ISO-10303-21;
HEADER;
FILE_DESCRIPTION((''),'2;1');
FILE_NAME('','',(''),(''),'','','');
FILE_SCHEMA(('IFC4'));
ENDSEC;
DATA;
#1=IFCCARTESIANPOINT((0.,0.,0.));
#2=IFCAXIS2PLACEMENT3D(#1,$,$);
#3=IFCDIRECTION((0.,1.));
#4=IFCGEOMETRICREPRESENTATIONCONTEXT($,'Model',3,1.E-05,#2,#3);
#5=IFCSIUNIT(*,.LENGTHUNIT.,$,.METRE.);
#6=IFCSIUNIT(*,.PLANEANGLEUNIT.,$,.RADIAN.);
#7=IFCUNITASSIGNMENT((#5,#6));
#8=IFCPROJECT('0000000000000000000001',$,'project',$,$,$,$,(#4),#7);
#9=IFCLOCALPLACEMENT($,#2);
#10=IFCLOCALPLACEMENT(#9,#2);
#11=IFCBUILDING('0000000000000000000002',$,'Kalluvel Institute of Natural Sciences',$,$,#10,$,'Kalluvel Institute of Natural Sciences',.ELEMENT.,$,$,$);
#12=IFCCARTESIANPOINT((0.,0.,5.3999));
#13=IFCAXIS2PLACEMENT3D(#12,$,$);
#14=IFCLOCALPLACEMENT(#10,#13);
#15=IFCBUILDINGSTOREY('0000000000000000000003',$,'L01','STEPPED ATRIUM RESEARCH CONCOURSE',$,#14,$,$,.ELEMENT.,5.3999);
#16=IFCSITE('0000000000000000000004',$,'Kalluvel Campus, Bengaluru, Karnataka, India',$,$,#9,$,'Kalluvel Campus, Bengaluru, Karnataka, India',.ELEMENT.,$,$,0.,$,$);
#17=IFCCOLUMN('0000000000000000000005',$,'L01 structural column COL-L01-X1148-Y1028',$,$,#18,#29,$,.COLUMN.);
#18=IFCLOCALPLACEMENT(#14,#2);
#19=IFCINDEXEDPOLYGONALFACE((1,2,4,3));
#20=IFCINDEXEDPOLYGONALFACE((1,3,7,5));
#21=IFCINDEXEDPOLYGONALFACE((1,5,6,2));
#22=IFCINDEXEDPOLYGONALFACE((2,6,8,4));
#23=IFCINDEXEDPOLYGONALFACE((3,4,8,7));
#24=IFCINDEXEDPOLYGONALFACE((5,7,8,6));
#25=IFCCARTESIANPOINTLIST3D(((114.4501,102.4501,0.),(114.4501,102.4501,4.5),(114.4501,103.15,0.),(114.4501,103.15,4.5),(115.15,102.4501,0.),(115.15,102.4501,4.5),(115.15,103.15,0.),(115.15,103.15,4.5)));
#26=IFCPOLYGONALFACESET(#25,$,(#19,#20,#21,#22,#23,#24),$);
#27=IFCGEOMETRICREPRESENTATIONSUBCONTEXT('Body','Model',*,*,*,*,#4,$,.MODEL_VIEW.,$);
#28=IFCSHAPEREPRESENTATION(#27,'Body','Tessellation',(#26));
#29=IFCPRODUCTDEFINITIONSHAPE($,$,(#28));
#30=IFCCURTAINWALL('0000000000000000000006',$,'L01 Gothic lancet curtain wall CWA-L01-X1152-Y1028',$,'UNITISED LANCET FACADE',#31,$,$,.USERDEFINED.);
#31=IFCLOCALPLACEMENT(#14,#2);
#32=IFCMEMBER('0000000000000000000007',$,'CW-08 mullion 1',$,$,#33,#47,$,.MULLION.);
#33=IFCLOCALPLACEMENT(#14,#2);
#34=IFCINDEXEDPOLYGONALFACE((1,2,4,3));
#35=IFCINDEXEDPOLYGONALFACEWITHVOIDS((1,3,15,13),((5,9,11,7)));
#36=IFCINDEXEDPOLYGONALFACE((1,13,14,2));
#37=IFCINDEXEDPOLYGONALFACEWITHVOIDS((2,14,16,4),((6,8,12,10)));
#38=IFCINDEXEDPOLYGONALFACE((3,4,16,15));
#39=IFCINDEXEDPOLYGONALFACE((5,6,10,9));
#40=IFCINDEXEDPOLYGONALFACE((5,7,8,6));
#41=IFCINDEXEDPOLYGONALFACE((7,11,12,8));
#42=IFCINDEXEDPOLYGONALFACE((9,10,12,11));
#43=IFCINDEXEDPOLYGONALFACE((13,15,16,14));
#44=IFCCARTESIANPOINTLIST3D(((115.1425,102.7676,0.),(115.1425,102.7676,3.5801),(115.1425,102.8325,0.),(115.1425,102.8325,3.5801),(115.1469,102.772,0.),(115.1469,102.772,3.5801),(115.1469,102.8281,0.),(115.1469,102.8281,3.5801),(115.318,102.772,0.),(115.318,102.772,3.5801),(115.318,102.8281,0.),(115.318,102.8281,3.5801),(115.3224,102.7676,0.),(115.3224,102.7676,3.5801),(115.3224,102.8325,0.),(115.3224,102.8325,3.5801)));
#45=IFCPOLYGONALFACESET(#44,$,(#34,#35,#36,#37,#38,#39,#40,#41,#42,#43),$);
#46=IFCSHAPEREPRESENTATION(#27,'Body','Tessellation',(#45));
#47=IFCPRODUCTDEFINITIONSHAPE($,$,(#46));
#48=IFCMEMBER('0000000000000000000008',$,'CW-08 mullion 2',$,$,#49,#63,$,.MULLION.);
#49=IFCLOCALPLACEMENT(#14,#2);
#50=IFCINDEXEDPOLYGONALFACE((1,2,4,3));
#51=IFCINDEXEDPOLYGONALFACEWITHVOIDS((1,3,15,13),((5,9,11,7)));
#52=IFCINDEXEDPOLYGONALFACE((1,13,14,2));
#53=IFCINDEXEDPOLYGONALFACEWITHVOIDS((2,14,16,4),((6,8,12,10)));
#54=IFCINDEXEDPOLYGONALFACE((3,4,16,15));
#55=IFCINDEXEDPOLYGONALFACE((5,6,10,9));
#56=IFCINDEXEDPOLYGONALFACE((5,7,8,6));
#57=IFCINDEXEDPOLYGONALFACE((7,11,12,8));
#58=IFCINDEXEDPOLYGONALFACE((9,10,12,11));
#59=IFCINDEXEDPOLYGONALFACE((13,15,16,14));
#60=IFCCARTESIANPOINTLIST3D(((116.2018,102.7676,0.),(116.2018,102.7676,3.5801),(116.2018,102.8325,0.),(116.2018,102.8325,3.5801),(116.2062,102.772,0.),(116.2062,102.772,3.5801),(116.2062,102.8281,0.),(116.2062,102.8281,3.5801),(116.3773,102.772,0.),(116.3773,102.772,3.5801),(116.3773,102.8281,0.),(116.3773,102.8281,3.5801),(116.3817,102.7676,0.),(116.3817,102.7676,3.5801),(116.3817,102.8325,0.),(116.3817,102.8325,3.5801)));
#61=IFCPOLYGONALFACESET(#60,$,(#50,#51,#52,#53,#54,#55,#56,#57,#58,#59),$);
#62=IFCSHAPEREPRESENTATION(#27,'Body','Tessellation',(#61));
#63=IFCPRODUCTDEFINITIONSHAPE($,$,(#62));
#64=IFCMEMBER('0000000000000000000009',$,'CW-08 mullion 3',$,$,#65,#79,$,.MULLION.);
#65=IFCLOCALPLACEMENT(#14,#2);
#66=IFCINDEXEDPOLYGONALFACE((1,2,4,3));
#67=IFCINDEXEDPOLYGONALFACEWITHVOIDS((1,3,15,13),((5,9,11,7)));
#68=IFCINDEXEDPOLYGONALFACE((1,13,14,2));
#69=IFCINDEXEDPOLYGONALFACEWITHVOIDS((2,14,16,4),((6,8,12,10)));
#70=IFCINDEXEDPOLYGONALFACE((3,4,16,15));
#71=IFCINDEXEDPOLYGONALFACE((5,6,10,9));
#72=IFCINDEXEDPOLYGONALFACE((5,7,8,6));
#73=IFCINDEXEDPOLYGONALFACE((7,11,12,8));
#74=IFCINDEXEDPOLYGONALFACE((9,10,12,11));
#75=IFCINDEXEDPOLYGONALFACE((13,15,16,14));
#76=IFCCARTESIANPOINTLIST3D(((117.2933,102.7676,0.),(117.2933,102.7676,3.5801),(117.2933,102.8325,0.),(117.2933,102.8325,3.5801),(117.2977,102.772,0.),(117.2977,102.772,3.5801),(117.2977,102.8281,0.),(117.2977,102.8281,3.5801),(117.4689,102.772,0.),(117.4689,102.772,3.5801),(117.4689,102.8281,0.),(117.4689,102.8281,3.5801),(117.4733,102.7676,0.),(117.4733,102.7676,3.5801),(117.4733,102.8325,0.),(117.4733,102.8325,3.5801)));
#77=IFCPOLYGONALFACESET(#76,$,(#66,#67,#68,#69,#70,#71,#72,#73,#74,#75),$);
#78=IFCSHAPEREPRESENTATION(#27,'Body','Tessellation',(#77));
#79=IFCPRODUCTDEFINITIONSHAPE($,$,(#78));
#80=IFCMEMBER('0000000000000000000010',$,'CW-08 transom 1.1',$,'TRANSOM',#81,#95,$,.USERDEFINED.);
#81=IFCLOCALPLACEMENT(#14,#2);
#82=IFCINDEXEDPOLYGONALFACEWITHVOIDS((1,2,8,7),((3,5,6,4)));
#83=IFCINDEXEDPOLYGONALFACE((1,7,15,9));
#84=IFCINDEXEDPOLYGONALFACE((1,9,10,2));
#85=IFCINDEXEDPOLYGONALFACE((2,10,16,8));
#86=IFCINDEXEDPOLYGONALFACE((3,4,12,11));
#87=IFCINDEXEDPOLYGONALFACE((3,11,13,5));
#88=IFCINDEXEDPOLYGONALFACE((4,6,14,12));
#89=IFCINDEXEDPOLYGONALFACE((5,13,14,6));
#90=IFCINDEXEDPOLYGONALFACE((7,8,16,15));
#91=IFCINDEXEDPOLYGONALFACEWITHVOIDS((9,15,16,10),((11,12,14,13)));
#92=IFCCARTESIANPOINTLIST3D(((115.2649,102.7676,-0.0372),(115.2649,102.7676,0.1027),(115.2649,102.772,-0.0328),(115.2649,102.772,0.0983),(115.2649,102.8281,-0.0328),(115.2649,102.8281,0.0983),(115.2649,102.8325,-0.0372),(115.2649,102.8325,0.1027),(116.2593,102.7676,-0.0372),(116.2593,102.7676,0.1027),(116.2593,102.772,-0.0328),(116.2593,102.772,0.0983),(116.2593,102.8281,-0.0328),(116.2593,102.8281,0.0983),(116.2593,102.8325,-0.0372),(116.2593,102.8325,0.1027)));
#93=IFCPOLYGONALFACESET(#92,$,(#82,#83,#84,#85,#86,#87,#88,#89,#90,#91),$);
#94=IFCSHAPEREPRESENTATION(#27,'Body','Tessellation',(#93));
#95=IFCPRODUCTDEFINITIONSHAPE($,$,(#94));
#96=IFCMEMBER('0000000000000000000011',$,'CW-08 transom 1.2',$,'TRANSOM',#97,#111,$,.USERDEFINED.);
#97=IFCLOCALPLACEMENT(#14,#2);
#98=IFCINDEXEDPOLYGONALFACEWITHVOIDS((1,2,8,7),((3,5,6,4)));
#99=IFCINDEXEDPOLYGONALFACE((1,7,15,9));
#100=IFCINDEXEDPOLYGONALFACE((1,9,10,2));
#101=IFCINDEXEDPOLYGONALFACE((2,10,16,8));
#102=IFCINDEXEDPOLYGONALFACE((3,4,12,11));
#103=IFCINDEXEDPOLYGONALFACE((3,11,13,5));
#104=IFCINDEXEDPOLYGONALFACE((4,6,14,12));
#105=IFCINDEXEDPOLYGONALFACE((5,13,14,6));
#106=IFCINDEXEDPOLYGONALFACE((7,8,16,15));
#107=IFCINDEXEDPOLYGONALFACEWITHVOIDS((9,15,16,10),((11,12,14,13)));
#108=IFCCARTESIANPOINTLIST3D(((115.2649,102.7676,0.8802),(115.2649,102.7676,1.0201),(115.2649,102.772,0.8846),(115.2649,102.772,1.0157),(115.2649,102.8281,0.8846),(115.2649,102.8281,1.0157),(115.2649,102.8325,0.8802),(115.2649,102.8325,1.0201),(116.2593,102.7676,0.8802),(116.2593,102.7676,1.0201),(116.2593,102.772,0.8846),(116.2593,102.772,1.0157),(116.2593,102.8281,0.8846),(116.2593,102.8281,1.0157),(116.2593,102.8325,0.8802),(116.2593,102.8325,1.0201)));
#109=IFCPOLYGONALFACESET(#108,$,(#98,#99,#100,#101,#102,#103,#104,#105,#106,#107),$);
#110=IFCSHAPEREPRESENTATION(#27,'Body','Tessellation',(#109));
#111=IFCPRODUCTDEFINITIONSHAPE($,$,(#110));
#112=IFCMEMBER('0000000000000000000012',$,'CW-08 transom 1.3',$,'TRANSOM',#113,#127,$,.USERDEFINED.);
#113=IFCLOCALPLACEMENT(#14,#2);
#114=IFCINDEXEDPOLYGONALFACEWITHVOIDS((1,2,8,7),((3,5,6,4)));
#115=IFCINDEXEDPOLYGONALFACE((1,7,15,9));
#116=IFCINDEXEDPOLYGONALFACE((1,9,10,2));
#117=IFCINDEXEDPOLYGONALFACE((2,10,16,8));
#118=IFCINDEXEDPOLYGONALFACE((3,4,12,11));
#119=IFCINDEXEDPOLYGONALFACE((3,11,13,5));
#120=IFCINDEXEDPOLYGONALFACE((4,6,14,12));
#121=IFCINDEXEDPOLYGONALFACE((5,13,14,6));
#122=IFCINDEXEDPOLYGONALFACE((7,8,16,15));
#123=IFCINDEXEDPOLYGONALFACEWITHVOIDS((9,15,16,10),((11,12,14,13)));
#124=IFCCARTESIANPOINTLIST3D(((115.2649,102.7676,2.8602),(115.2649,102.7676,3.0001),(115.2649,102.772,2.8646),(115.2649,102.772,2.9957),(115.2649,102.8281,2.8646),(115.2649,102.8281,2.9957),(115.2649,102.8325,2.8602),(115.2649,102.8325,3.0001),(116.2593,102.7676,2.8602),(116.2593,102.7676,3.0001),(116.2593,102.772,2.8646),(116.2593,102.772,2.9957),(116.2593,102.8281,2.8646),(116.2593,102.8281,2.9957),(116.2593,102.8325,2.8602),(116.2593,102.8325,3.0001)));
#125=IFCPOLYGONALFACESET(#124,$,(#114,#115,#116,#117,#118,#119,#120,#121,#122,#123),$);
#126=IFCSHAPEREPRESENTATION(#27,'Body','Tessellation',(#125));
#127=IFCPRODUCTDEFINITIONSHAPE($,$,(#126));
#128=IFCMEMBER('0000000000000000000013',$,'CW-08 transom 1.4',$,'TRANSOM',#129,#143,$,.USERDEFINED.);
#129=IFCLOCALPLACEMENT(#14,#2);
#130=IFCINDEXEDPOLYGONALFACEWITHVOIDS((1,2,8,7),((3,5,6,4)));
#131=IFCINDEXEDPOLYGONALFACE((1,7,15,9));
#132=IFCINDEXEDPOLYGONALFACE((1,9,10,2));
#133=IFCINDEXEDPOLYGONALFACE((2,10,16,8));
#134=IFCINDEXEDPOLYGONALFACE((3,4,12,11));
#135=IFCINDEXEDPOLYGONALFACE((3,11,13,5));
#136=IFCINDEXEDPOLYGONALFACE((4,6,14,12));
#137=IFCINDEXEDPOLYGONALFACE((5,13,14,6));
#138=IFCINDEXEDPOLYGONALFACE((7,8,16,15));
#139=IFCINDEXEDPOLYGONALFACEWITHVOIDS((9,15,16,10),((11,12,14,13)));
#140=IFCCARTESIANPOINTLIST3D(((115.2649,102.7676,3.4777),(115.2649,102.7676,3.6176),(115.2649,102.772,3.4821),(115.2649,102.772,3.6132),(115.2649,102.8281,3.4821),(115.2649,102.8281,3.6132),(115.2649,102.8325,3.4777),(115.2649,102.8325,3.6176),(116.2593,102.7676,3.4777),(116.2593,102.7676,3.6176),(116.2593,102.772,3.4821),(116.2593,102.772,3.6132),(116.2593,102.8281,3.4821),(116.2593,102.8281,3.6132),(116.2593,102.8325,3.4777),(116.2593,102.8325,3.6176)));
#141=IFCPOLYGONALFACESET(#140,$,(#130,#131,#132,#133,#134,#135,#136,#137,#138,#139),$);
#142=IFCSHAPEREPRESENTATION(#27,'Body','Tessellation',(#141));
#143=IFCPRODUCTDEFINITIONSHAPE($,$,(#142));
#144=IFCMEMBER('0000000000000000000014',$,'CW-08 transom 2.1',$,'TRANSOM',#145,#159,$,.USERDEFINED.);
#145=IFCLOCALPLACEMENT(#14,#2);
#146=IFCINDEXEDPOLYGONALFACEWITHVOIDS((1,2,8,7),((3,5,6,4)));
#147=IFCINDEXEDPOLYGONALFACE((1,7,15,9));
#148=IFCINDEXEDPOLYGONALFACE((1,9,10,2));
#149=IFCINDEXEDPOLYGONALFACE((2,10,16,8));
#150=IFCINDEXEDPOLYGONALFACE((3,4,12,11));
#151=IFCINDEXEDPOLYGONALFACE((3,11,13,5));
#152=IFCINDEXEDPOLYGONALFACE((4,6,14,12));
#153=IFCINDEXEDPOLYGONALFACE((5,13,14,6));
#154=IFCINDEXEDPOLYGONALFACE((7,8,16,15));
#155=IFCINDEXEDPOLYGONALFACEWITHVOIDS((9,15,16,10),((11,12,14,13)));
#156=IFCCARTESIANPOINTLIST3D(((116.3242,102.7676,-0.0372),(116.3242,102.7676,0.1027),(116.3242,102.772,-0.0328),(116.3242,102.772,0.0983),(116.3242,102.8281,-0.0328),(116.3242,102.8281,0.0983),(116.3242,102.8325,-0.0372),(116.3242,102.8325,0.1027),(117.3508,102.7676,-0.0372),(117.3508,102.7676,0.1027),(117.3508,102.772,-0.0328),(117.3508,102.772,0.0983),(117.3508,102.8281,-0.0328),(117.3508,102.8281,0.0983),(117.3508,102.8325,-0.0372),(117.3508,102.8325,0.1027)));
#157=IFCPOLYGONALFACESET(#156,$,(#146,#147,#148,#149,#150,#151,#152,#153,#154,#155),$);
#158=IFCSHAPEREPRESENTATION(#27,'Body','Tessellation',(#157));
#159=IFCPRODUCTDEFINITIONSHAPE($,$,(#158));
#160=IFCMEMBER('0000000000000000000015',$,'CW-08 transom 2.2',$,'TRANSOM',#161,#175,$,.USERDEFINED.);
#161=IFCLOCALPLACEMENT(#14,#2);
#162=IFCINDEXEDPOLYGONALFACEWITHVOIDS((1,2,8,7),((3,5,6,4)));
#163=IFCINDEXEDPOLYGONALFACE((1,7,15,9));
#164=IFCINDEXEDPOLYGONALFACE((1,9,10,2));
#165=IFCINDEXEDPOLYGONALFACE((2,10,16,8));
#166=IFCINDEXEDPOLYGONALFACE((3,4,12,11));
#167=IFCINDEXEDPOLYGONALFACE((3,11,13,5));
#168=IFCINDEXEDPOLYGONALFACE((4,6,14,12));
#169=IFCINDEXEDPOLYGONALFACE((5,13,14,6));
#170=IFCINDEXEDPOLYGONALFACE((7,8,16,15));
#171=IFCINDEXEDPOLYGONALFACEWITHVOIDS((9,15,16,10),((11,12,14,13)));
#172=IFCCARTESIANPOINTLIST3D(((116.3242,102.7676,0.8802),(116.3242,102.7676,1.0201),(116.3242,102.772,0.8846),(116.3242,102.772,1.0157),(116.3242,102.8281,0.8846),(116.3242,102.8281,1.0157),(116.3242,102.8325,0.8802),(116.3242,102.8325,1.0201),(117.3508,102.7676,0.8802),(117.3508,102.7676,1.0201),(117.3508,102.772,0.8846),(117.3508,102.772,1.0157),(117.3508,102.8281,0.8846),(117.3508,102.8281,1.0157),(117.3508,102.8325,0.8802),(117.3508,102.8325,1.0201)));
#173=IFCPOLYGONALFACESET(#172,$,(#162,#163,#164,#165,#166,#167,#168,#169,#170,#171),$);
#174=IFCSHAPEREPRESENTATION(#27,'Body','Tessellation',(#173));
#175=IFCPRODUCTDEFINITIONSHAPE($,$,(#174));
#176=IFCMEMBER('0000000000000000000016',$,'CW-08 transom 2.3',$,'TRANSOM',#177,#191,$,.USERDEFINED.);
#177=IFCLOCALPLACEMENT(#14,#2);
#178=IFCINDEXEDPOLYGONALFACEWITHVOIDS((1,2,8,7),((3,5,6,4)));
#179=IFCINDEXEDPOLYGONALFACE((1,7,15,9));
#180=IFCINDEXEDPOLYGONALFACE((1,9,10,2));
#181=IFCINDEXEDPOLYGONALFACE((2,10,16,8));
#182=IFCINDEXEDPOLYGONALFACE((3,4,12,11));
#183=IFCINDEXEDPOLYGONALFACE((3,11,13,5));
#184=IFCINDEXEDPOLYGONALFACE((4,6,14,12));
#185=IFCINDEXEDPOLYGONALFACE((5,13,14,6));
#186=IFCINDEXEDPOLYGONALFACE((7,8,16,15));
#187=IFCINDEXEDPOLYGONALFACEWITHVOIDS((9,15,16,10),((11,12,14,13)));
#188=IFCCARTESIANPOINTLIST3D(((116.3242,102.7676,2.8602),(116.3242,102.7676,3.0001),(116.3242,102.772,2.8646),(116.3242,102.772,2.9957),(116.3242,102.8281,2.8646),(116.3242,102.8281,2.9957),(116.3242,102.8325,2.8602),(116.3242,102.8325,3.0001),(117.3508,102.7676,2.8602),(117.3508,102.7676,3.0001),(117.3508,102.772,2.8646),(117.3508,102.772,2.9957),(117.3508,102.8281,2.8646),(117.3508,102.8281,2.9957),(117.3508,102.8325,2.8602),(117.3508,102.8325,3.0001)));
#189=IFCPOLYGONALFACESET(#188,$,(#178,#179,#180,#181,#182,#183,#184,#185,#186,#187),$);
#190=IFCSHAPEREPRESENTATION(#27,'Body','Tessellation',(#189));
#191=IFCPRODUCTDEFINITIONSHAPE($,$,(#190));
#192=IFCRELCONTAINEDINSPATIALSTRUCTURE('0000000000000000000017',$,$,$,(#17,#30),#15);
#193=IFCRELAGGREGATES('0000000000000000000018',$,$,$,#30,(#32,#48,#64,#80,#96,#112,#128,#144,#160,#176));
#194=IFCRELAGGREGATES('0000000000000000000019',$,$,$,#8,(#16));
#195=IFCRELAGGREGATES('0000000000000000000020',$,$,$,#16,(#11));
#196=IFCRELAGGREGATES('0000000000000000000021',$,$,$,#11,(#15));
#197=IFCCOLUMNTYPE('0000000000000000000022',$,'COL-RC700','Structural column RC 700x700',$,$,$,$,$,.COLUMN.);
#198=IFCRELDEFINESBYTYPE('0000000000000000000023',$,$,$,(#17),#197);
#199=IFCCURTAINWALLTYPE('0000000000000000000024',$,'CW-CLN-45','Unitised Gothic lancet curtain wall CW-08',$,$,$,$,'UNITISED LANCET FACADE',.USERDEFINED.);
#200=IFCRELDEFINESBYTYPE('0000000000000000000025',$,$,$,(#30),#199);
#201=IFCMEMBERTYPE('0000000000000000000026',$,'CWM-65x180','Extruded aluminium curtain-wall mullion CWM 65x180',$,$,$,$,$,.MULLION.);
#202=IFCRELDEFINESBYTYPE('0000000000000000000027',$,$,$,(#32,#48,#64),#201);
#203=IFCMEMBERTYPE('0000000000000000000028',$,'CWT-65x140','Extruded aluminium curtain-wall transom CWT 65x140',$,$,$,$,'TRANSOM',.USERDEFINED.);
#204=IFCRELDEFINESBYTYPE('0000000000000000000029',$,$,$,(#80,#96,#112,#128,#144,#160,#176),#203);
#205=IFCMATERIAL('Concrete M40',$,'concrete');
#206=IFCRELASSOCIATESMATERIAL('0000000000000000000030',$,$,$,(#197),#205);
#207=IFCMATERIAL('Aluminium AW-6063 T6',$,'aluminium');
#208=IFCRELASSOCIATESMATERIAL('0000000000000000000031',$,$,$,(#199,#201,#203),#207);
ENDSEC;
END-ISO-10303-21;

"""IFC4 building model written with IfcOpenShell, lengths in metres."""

from ifc_helpers import new_model, si_unit, direction, frame, origin, origin_2d, place, context, subcontext, project, spatial, rectangle, hollow_rectangle, extrude, material, material_profile, profile_set, type_object, element, aggregate, save


model = new_model("IFC4")

# Units and contexts
model_context = context("Model", 3, precision=1e-05, world=origin(), true_north=direction((0.0, 1.0)))
body_context = subcontext(model_context, "Body", "Model", "MODEL_VIEW")
ifc_project = project(units=[si_unit("LENGTHUNIT", "METRE"), si_unit("PLANEANGLEUNIT", "RADIAN")], contexts=[model_context])

# Site, building, storey
site_placement = place(None, origin())
site = spatial("IfcSite", under=ifc_project, at=site_placement, Name="Kalluvel Campus, Bengaluru, Karnataka, India", LongName="Kalluvel Campus, Bengaluru, Karnataka, India", CompositionType="ELEMENT", RefElevation=0.0)
building_placement = place(site_placement, origin())
building = spatial("IfcBuilding", under=site, at=building_placement, Name="Kalluvel Institute of Natural Sciences", LongName="Kalluvel Institute of Natural Sciences", CompositionType="ELEMENT")
storey_placement = place(building_placement, frame((0.0, 0.0, 5.3999)))
storey = spatial("IfcBuildingStorey", under=building, at=storey_placement, Name="L01", Description="STEPPED ATRIUM RESEARCH CONCOURSE", CompositionType="ELEMENT", Elevation=5.3999)

# Column
ifc_material_1 = material(Name="Concrete M40", Category="concrete")
ifc_material_profile_1 = material_profile(ifc_material_1, rectangle(XDim=0.7, YDim=0.7, at=origin_2d()), Name="RC 700x700")
ifc_profile_set_1 = profile_set([ifc_material_profile_1], Name="Concrete M40")
column_type = type_object("IfcColumnType", Name="COL-RC700", Description="Structural column RC 700x700", PredefinedType="COLUMN", material=ifc_profile_set_1)
column_placement = place(storey_placement, frame((114.8, 102.8, 0.0), z_axis=(0.0, 0.0, 1.0), x_axis=(1.0, 0.0, 0.0)))
element("IfcColumn", 1, at=column_placement, inside=storey, type_object=column_type, Name="L01 structural column COL-L01-X1148-Y1028", PredefinedType="COLUMN", context=body_context, shape_type="SweptSolid", body=[
    extrude(rectangle(XDim=0.7, YDim=0.7, at=origin_2d()), origin(), (0.0, 0.0, 1.0), 4.5),
])

# Curtain wall, members
ifc_material_2 = material(Name="Aluminium AW-6063 T6", Category="aluminium")
curtain_wall_type = type_object("IfcCurtainWallType", Name="CW-CLN-45", Description="Unitised Gothic lancet curtain wall CW-08", ElementType="UNITISED LANCET FACADE", PredefinedType="USERDEFINED", material=ifc_material_2)
curtain_wall_placement = place(storey_placement, origin())
curtain_wall = element("IfcCurtainWall", 2, at=curtain_wall_placement, inside=storey, type_object=curtain_wall_type, Name="L01 Gothic lancet curtain wall CWA-L01-X1152-Y1028", ObjectType="UNITISED LANCET FACADE", PredefinedType="USERDEFINED")
ifc_material_profile_2 = material_profile(ifc_material_2, hollow_rectangle(XDim=0.0649, YDim=0.1799, WallThickness=0.0044, at=origin_2d()), Name="CWM 65x180")
ifc_profile_set_2 = profile_set([ifc_material_profile_2], Name="Aluminium AW-6063 T6")
member_type_1 = type_object("IfcMemberType", Name="CWM-65x180", Description="Extruded aluminium curtain-wall mullion CWM 65x180", PredefinedType="MULLION", material=ifc_profile_set_2)
member_1_placement = place(storey_placement, frame((115.2324, 102.8, 0.0), z_axis=(0.0, 0.0, 1.0), x_axis=(0.0, 1.0, 0.0)))
member_1 = element("IfcMember", 3, at=member_1_placement, type_object=member_type_1, Name="CW-08 mullion 1", PredefinedType="MULLION", context=body_context, shape_type="SweptSolid", body=[
    extrude(hollow_rectangle(XDim=0.0649, YDim=0.1799, WallThickness=0.0044, at=origin_2d()), origin(), (0.0, 0.0, 1.0), 3.5801),
])
member_2_placement = place(storey_placement, frame((116.2917, 102.8, 0.0), z_axis=(0.0, 0.0, 1.0), x_axis=(0.0, 1.0, 0.0)))
member_2 = element("IfcMember", 4, at=member_2_placement, type_object=member_type_1, Name="CW-08 mullion 2", PredefinedType="MULLION", context=body_context, shape_type="SweptSolid", body=[
    extrude(hollow_rectangle(XDim=0.0649, YDim=0.1799, WallThickness=0.0044, at=origin_2d()), origin(), (0.0, 0.0, 1.0), 3.5801),
])
member_3_placement = place(storey_placement, frame((117.3833, 102.8, 0.0), z_axis=(0.0, 0.0, 1.0), x_axis=(0.0, 1.0, 0.0)))
member_3 = element("IfcMember", 5, at=member_3_placement, type_object=member_type_1, Name="CW-08 mullion 3", PredefinedType="MULLION", context=body_context, shape_type="SweptSolid", body=[
    extrude(hollow_rectangle(XDim=0.0649, YDim=0.1799, WallThickness=0.0044, at=origin_2d()), origin(), (0.0, 0.0, 1.0), 3.5801),
])
ifc_material_profile_3 = material_profile(ifc_material_2, hollow_rectangle(XDim=0.0649, YDim=0.1399, WallThickness=0.0044, at=origin_2d()), Name="CWT 65x140")
ifc_profile_set_3 = profile_set([ifc_material_profile_3], Name="Aluminium AW-6063 T6")
member_type_2 = type_object("IfcMemberType", Name="CWT-65x140", Description="Extruded aluminium curtain-wall transom CWT 65x140", ElementType="TRANSOM", PredefinedType="USERDEFINED", material=ifc_profile_set_3)
member_4_placement = place(storey_placement, frame((115.2649, 102.8, 0.0327), z_axis=(1.0, 0.0, 0.0), x_axis=(0.0, 1.0, 0.0)))
member_4 = element("IfcMember", 6, at=member_4_placement, type_object=member_type_2, Name="CW-08 transom 1.1", ObjectType="TRANSOM", PredefinedType="USERDEFINED", context=body_context, shape_type="SweptSolid", body=[
    extrude(hollow_rectangle(XDim=0.0649, YDim=0.1399, WallThickness=0.0044, at=origin_2d()), origin(), (0.0, 0.0, 1.0), 0.9944),
])
member_5_placement = place(storey_placement, frame((115.2649, 102.8, 0.9502), z_axis=(1.0, 0.0, 0.0), x_axis=(0.0, 1.0, 0.0)))
member_5 = element("IfcMember", 7, at=member_5_placement, type_object=member_type_2, Name="CW-08 transom 1.2", ObjectType="TRANSOM", PredefinedType="USERDEFINED", context=body_context, shape_type="SweptSolid", body=[
    extrude(hollow_rectangle(XDim=0.0649, YDim=0.1399, WallThickness=0.0044, at=origin_2d()), origin(), (0.0, 0.0, 1.0), 0.9944),
])
member_6_placement = place(storey_placement, frame((115.2649, 102.8, 2.9302), z_axis=(1.0, 0.0, 0.0), x_axis=(0.0, 1.0, 0.0)))
member_6 = element("IfcMember", 8, at=member_6_placement, type_object=member_type_2, Name="CW-08 transom 1.3", ObjectType="TRANSOM", PredefinedType="USERDEFINED", context=body_context, shape_type="SweptSolid", body=[
    extrude(hollow_rectangle(XDim=0.0649, YDim=0.1399, WallThickness=0.0044, at=origin_2d()), origin(), (0.0, 0.0, 1.0), 0.9944),
])
member_7_placement = place(storey_placement, frame((115.2649, 102.8, 3.5476), z_axis=(1.0, 0.0, 0.0), x_axis=(0.0, 1.0, 0.0)))
member_7 = element("IfcMember", 9, at=member_7_placement, type_object=member_type_2, Name="CW-08 transom 1.4", ObjectType="TRANSOM", PredefinedType="USERDEFINED", context=body_context, shape_type="SweptSolid", body=[
    extrude(hollow_rectangle(XDim=0.0649, YDim=0.1399, WallThickness=0.0044, at=origin_2d()), origin(), (0.0, 0.0, 1.0), 0.9944),
])
member_8_placement = place(storey_placement, frame((116.3242, 102.8, 0.0327), z_axis=(1.0, 0.0, 0.0), x_axis=(0.0, 1.0, 0.0)))
member_8 = element("IfcMember", 10, at=member_8_placement, type_object=member_type_2, Name="CW-08 transom 2.1", ObjectType="TRANSOM", PredefinedType="USERDEFINED", context=body_context, shape_type="SweptSolid", body=[
    extrude(hollow_rectangle(XDim=0.0649, YDim=0.1399, WallThickness=0.0044, at=origin_2d()), origin(), (0.0, 0.0, 1.0), 1.0266),
])
member_9_placement = place(storey_placement, frame((116.3242, 102.8, 0.9502), z_axis=(1.0, 0.0, 0.0), x_axis=(0.0, 1.0, 0.0)))
member_9 = element("IfcMember", 11, at=member_9_placement, type_object=member_type_2, Name="CW-08 transom 2.2", ObjectType="TRANSOM", PredefinedType="USERDEFINED", context=body_context, shape_type="SweptSolid", body=[
    extrude(hollow_rectangle(XDim=0.0649, YDim=0.1399, WallThickness=0.0044, at=origin_2d()), origin(), (0.0, 0.0, 1.0), 1.0266),
])
member_10_placement = place(storey_placement, frame((116.3242, 102.8, 2.9302), z_axis=(1.0, 0.0, 0.0), x_axis=(0.0, 1.0, 0.0)))
member_10 = element("IfcMember", 12, at=member_10_placement, type_object=member_type_2, Name="CW-08 transom 2.3", ObjectType="TRANSOM", PredefinedType="USERDEFINED", context=body_context, shape_type="SweptSolid", body=[
    extrude(hollow_rectangle(XDim=0.0649, YDim=0.1399, WallThickness=0.0044, at=origin_2d()), origin(), (0.0, 0.0, 1.0), 1.0266),
])

aggregate(curtain_wall, [member_1, member_2, member_3, member_4, member_5, member_6, member_7, member_8, member_9, member_10])

save(model, "model.ifc")
